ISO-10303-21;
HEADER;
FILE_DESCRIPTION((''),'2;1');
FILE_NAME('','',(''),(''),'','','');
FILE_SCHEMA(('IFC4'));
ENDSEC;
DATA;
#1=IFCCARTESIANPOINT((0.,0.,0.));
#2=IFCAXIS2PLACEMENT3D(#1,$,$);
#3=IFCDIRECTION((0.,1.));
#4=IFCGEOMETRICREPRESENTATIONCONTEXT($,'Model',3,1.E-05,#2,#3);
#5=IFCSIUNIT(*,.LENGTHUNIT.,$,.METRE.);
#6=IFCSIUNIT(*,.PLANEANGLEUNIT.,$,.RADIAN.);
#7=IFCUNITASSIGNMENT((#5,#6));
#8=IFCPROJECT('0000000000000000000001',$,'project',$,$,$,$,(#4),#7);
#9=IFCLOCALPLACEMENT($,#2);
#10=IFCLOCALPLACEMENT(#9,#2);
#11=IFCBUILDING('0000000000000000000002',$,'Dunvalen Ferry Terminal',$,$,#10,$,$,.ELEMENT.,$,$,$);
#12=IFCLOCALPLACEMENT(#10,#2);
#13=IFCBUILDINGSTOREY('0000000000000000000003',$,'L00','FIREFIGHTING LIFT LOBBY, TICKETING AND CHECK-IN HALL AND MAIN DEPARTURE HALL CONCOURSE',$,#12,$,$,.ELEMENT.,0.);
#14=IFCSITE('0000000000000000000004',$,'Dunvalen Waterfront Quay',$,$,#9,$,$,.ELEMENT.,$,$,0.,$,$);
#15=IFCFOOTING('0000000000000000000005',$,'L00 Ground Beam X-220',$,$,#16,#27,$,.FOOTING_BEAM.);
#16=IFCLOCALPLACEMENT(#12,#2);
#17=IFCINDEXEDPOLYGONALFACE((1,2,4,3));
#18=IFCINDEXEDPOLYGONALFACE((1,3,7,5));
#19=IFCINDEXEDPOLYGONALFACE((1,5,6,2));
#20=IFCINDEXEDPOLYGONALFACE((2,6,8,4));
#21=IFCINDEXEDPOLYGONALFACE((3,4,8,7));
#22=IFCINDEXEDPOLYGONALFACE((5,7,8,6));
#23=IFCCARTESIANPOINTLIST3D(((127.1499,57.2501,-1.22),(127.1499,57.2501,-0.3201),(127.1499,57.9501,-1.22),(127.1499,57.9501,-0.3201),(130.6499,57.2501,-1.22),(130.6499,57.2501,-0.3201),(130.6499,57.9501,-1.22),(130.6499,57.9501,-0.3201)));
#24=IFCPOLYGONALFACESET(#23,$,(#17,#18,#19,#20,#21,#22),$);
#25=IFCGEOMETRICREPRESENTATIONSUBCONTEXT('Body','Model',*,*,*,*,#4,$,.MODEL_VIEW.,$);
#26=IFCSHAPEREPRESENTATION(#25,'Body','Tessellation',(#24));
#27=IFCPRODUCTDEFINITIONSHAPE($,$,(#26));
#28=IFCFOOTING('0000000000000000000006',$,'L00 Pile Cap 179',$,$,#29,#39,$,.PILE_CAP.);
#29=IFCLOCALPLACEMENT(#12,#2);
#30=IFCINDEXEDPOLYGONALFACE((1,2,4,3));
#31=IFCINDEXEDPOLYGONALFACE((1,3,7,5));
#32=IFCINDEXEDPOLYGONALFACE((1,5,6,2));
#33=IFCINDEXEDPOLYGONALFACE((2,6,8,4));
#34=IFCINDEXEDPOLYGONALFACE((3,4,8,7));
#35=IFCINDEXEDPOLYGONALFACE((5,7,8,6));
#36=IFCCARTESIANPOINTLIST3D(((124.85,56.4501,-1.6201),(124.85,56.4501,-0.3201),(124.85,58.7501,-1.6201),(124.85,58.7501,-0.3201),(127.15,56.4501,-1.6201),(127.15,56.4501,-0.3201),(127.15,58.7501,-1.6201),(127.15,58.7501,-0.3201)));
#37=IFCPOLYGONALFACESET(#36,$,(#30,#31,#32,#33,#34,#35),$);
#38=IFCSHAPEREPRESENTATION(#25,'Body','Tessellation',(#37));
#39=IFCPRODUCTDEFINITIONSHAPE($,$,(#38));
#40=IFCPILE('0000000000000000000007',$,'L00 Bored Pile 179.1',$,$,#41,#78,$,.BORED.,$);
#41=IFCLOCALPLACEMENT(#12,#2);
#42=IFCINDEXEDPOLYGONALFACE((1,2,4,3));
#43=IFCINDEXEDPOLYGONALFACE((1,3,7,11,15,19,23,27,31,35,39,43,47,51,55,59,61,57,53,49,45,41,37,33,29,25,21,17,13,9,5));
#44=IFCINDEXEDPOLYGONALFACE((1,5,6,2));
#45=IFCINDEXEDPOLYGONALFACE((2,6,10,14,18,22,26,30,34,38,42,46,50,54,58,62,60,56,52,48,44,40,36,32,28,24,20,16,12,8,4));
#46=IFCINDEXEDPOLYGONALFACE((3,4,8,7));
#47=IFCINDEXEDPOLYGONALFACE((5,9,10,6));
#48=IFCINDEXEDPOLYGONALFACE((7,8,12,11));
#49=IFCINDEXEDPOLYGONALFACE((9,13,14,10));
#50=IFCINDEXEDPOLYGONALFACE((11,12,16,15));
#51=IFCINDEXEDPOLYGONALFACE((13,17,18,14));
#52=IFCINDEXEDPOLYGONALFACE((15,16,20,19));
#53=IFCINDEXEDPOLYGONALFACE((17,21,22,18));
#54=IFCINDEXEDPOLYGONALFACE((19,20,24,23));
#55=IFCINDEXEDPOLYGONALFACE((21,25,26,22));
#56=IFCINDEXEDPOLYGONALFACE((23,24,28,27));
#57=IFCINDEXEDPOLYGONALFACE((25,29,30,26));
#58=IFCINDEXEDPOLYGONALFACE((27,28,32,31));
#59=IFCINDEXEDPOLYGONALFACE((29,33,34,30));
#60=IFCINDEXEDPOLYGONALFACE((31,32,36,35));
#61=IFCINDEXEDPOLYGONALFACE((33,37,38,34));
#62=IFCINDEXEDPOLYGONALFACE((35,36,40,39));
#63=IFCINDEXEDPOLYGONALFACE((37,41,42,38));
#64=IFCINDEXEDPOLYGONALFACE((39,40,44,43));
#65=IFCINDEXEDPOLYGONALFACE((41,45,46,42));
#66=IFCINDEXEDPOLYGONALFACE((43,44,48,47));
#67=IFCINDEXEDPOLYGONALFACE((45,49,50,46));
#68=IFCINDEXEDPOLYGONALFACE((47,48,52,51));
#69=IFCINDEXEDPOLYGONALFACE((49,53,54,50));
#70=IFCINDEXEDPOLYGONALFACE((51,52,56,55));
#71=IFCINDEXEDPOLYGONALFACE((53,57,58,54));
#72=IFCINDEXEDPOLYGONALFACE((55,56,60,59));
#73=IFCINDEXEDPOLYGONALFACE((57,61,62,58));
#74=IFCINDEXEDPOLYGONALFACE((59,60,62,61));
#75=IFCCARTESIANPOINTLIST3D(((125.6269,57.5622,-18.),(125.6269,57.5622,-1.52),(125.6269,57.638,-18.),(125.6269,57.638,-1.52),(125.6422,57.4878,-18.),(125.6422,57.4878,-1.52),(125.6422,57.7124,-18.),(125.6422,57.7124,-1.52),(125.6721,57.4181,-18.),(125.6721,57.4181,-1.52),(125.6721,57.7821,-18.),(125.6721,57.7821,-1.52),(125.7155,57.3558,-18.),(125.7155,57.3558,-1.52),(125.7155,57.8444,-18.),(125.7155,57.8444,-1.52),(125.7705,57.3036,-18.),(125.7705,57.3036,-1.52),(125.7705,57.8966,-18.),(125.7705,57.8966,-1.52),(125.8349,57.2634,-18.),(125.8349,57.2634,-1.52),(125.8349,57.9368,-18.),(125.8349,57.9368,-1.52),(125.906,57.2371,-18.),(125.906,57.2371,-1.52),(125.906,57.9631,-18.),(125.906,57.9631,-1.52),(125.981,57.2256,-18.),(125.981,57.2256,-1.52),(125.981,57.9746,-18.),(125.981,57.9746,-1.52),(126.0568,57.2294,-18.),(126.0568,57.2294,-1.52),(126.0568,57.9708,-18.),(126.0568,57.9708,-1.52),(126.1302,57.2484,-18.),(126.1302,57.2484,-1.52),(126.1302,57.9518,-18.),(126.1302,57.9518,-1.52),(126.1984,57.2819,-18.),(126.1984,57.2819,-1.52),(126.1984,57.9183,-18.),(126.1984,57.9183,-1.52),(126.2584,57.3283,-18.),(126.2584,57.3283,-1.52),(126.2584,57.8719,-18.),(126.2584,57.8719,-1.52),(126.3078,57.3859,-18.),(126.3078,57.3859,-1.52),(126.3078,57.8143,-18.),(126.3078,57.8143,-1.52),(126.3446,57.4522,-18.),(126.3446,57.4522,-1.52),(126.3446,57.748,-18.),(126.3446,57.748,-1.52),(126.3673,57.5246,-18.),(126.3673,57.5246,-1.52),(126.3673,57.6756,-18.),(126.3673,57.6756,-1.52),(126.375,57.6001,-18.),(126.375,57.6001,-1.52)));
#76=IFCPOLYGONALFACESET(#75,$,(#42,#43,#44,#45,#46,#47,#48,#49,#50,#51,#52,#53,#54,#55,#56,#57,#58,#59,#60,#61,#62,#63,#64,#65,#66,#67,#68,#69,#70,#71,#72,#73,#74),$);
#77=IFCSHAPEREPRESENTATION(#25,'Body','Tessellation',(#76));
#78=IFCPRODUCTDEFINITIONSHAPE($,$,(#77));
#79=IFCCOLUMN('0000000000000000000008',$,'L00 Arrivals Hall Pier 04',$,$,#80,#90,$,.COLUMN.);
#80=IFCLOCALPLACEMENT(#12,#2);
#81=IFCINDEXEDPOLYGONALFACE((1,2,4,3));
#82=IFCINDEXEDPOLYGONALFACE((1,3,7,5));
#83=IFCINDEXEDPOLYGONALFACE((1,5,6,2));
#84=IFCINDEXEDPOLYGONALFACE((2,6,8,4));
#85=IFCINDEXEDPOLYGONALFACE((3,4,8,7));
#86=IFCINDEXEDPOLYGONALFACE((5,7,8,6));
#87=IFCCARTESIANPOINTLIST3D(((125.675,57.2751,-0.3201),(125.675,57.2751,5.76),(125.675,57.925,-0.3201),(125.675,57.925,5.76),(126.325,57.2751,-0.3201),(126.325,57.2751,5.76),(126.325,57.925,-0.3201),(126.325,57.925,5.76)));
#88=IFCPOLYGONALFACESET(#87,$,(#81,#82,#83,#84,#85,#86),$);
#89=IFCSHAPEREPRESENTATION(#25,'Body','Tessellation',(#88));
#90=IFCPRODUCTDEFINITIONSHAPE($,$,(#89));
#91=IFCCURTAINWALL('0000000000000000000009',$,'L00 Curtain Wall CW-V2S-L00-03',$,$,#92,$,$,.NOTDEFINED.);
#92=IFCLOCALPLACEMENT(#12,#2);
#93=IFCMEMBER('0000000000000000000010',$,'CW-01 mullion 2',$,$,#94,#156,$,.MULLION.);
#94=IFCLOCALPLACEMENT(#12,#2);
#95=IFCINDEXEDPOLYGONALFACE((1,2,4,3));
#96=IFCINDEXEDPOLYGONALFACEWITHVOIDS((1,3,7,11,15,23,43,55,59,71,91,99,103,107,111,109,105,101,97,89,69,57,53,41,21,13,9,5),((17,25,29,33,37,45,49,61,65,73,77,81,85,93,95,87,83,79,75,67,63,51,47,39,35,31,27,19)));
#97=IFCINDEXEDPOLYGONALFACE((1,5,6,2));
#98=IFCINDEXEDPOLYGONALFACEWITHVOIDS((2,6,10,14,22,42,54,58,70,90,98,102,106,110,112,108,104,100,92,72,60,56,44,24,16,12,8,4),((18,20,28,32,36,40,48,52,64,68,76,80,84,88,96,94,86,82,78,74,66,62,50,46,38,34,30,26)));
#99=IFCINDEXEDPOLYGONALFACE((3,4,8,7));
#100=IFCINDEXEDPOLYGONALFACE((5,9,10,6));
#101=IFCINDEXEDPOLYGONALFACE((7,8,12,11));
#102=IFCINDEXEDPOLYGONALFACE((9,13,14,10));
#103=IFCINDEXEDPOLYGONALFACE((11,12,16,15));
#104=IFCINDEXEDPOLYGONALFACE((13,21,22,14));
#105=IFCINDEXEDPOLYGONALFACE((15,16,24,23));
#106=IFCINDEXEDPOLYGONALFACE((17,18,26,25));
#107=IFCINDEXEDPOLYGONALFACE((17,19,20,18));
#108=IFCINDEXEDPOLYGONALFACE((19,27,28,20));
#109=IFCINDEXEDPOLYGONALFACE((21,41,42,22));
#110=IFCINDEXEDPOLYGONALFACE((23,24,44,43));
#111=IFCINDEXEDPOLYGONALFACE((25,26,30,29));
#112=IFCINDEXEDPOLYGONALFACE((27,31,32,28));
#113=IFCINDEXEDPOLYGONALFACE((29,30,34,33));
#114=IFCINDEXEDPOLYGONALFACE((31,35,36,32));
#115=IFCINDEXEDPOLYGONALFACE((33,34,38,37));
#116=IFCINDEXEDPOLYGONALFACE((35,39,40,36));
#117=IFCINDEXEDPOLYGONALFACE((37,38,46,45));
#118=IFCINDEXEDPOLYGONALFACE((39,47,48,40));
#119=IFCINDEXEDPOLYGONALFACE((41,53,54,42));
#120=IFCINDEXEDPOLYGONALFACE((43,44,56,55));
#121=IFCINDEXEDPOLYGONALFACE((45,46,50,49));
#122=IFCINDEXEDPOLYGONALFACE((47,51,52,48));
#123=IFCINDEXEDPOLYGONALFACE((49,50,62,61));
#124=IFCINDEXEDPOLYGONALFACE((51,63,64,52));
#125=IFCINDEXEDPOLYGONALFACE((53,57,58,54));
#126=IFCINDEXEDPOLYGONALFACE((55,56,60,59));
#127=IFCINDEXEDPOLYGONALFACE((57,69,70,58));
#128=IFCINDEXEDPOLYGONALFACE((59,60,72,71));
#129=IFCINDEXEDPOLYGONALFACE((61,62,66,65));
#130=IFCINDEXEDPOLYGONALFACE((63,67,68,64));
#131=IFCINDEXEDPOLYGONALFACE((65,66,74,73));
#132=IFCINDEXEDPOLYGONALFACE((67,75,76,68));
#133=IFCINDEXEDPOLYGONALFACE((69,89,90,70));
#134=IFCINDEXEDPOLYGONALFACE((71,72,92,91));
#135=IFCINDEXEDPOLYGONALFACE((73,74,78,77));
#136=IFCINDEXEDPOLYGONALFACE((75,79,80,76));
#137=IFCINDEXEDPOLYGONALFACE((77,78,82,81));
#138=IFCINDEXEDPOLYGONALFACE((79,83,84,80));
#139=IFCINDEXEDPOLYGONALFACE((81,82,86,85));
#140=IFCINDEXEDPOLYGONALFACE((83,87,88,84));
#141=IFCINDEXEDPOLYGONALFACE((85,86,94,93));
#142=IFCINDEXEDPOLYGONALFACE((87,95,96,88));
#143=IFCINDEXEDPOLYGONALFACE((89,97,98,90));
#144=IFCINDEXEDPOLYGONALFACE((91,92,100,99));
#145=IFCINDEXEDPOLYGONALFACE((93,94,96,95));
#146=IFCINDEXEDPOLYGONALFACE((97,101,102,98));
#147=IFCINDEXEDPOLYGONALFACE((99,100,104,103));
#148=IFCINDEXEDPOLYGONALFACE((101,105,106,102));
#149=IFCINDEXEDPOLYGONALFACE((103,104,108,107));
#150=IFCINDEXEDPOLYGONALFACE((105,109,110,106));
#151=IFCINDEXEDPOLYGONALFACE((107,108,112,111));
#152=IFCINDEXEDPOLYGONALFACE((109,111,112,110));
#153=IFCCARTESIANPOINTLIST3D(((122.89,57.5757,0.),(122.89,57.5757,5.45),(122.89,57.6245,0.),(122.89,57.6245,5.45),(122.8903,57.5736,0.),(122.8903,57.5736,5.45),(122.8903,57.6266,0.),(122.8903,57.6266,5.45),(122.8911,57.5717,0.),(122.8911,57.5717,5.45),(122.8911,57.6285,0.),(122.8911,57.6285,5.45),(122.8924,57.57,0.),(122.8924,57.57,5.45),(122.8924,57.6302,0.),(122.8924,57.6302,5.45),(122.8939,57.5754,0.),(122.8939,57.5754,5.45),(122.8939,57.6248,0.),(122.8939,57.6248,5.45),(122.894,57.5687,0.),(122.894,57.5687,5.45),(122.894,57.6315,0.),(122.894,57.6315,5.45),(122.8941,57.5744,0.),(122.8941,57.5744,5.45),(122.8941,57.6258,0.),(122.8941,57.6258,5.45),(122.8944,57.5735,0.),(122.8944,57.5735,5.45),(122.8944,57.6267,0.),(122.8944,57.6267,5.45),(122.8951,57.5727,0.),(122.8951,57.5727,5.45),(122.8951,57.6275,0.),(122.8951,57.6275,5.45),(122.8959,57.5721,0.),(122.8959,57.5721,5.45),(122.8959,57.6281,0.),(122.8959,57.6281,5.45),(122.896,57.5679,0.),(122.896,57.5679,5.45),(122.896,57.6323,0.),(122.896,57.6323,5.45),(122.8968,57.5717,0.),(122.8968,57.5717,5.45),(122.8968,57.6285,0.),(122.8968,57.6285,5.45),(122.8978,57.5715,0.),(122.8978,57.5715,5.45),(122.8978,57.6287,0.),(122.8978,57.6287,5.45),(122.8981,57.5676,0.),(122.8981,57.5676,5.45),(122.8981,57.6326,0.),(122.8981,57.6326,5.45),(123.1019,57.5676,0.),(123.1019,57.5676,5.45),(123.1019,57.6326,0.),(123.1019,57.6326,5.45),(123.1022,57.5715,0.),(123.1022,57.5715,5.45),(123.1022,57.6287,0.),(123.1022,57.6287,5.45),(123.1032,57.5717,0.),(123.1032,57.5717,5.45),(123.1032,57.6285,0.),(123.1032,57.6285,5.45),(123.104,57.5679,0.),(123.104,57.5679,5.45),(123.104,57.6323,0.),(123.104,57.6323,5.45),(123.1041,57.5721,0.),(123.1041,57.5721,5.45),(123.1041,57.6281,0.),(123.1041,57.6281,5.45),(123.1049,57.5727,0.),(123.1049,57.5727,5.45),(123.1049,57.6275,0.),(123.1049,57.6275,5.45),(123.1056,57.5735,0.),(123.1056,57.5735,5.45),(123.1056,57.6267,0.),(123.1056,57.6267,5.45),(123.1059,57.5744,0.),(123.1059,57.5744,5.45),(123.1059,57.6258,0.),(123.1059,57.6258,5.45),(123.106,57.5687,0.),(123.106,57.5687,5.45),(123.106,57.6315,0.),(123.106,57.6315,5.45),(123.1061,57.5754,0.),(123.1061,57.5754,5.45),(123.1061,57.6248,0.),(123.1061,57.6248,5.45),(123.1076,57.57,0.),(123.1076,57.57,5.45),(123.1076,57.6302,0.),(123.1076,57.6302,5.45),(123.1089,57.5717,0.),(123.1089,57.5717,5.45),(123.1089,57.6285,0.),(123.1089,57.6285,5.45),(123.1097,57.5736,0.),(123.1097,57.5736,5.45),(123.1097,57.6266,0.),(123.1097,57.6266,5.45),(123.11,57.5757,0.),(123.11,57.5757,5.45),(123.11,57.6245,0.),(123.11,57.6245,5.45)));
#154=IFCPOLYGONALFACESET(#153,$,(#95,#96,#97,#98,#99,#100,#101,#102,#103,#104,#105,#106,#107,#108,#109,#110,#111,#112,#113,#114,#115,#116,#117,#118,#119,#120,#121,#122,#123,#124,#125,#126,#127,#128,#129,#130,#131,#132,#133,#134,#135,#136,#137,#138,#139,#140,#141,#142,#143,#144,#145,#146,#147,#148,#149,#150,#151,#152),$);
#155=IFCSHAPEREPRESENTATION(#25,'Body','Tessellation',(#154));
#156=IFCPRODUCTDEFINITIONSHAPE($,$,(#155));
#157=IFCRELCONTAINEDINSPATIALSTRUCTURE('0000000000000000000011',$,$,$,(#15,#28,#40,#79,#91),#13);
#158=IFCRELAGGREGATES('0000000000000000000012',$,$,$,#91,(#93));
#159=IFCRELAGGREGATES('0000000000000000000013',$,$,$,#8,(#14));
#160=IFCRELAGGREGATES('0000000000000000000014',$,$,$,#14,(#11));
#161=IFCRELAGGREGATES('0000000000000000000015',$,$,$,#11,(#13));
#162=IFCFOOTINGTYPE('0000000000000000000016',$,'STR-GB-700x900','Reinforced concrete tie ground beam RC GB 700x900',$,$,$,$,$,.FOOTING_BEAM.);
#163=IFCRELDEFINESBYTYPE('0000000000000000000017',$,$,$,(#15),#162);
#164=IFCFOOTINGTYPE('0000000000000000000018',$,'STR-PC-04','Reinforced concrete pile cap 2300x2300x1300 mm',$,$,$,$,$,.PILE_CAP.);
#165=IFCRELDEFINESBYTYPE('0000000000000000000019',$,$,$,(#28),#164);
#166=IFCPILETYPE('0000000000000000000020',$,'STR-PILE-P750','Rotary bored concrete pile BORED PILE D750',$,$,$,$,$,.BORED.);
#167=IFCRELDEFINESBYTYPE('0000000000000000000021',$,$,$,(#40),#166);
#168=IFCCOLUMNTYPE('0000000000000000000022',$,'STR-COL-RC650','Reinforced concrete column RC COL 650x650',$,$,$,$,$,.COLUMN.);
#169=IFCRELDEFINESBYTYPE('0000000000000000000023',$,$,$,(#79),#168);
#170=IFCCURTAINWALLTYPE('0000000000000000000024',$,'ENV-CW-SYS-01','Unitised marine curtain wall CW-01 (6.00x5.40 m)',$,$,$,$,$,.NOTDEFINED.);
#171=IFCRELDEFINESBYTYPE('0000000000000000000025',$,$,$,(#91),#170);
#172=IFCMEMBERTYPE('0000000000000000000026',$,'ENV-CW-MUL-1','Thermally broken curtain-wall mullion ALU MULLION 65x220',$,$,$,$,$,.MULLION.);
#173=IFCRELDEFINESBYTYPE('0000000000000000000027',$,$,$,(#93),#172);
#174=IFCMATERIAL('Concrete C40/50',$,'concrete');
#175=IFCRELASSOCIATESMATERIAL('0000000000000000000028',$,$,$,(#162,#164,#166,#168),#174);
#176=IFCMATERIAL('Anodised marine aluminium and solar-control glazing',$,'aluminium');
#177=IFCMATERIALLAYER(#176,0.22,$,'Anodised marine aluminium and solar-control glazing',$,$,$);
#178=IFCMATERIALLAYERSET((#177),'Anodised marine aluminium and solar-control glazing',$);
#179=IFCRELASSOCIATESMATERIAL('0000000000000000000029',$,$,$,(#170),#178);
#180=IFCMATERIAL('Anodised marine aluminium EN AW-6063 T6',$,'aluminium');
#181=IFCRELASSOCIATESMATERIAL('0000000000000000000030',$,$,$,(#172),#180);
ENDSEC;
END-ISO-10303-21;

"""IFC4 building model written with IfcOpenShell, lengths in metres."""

from ifc_helpers import new_model, si_unit, direction, frame, origin, origin_2d, place, context, subcontext, project, spatial, rectangle, hollow_rectangle, circle, extrude, material, layer, layer_set, material_profile, profile_set, type_object, element, aggregate, save


model = new_model("IFC4")

# Units and contexts
model_context = context("Model", 3, precision=1e-05, world=origin(), true_north=direction((0.0, 1.0)))
body_context = subcontext(model_context, "Body", "Model", "MODEL_VIEW")
ifc_project = project(units=[si_unit("LENGTHUNIT", "METRE"), si_unit("PLANEANGLEUNIT", "RADIAN")], contexts=[model_context])

# Site, building, storey
site_placement = place(None, origin())
site = spatial("IfcSite", under=ifc_project, at=site_placement, Name="Dunvalen Waterfront Quay", CompositionType="ELEMENT", RefElevation=0.0)
building_placement = place(site_placement, origin())
building = spatial("IfcBuilding", under=site, at=building_placement, Name="Dunvalen Ferry Terminal", CompositionType="ELEMENT")
storey_placement = place(building_placement, origin())
storey = spatial("IfcBuildingStorey", under=building, at=storey_placement, Name="L00", Description="FIREFIGHTING LIFT LOBBY, TICKETING AND CHECK-IN HALL AND MAIN DEPARTURE HALL CONCOURSE", CompositionType="ELEMENT", Elevation=0.0)

# Footings
ifc_material_1 = material(Name="Concrete C40/50", Category="concrete")
ifc_material_profile_1 = material_profile(ifc_material_1, rectangle(XDim=0.7, YDim=0.8999, at=origin_2d()), Name="Concrete C40/50")
ifc_profile_set_1 = profile_set([ifc_material_profile_1], Name="Concrete C40/50")
footing_type_1 = type_object("IfcFootingType", Name="STR-GB-700x900", Description="Reinforced concrete tie ground beam RC GB 700x900", PredefinedType="FOOTING_BEAM", material=ifc_profile_set_1)
footing_1_placement = place(storey_placement, frame((127.1499, 57.6001, -0.77), z_axis=(1.0, 0.0, 0.0), x_axis=(0.0, 1.0, 0.0)))
element("IfcFooting", 1, at=footing_1_placement, inside=storey, type_object=footing_type_1, Name="L00 Ground Beam X-220", PredefinedType="FOOTING_BEAM", context=body_context, shape_type="SweptSolid", body=[
    extrude(rectangle(XDim=0.7, YDim=0.8999, at=origin_2d()), origin(), (0.0, 0.0, 1.0), 3.5),
])
footing_type_2 = type_object("IfcFootingType", Name="STR-PC-04", Description="Reinforced concrete pile cap 2300x2300x1300 mm", PredefinedType="PILE_CAP", material=ifc_material_1)
footing_2_placement = place(storey_placement, frame((126.0, 57.6001, -1.6201), z_axis=(0.0, 0.0, 1.0), x_axis=(1.0, 0.0, 0.0)))
element("IfcFooting", 2, at=footing_2_placement, inside=storey, type_object=footing_type_2, Name="L00 Pile Cap 179", PredefinedType="PILE_CAP", context=body_context, shape_type="SweptSolid", body=[
    extrude(rectangle(XDim=2.3, YDim=2.3, at=origin_2d()), origin(), (0.0, 0.0, 1.0), 1.3),
])

# Pile
ifc_material_profile_2 = material_profile(ifc_material_1, circle(Radius=0.375, at=origin_2d()), Name="Concrete C40/50")
ifc_profile_set_2 = profile_set([ifc_material_profile_2], Name="Concrete C40/50")
pile_type = type_object("IfcPileType", Name="STR-PILE-P750", Description="Rotary bored concrete pile BORED PILE D750", PredefinedType="BORED", material=ifc_profile_set_2)
pile_placement = place(storey_placement, frame((126.0, 57.6001, -1.52), z_axis=(0.0, 0.0, -1.0), x_axis=(1.0, 0.0, 0.0)))
element("IfcPile", 3, at=pile_placement, inside=storey, type_object=pile_type, Name="L00 Bored Pile 179.1", PredefinedType="BORED", context=body_context, shape_type="SweptSolid", body=[
    extrude(circle(Radius=0.375, at=origin_2d()), origin(), (0.0, 0.0, 1.0), 16.48),
])

# Column
ifc_material_profile_3 = material_profile(ifc_material_1, rectangle(XDim=0.6499, YDim=0.6499, at=origin_2d()), Name="Concrete C40/50")
ifc_profile_set_3 = profile_set([ifc_material_profile_3], Name="Concrete C40/50")
column_type = type_object("IfcColumnType", Name="STR-COL-RC650", Description="Reinforced concrete column RC COL 650x650", PredefinedType="COLUMN", material=ifc_profile_set_3)
column_placement = place(storey_placement, frame((126.0, 57.6001, -0.3201), z_axis=(0.0, 0.0, 1.0), x_axis=(1.0, 0.0, 0.0)))
element("IfcColumn", 4, at=column_placement, inside=storey, type_object=column_type, Name="L00 Arrivals Hall Pier 04", PredefinedType="COLUMN", context=body_context, shape_type="SweptSolid", body=[
    extrude(rectangle(XDim=0.6499, YDim=0.6499, at=origin_2d()), origin(), (0.0, 0.0, 1.0), 6.0801),
])

# Curtain wall, member
ifc_material_2 = material(Name="Anodised marine aluminium and solar-control glazing", Category="aluminium")
ifc_layer_1 = layer(ifc_material_2, 0.22, Name="Anodised marine aluminium and solar-control glazing")
ifc_layer_set_1 = layer_set([ifc_layer_1], Name="Anodised marine aluminium and solar-control glazing")
curtain_wall_type = type_object("IfcCurtainWallType", Name="ENV-CW-SYS-01", Description="Unitised marine curtain wall CW-01 (6.00x5.40 m)", PredefinedType="NOTDEFINED", material=ifc_layer_set_1)
curtain_wall_1_placement = place(storey_placement, origin())
curtain_wall_1 = element("IfcCurtainWall", 5, at=curtain_wall_1_placement, inside=storey, type_object=curtain_wall_type, Name="L00 Curtain Wall CW-V2S-L00-03", PredefinedType="NOTDEFINED")
ifc_material_3 = material(Name="Anodised marine aluminium EN AW-6063 T6", Category="aluminium")
ifc_material_profile_4 = material_profile(ifc_material_3, hollow_rectangle(XDim=0.0649, YDim=0.22, WallThickness=0.0039, InnerFilletRadius=0.0039, OuterFilletRadius=0.0081, at=origin_2d()), Name="Anodised marine aluminium EN AW-6063 T6")
ifc_profile_set_4 = profile_set([ifc_material_profile_4], Name="Anodised marine aluminium EN AW-6063 T6")
member_type_1 = type_object("IfcMemberType", Name="ENV-CW-MUL-1", Description="Thermally broken curtain-wall mullion ALU MULLION 65x220", PredefinedType="MULLION", material=ifc_profile_set_4)
member_1_placement = place(storey_placement, frame((123.0, 57.6001, 0.0), z_axis=(0.0, 0.0, 1.0), x_axis=(0.0, 1.0, 0.0)))
member_1 = element("IfcMember", 6, at=member_1_placement, type_object=member_type_1, Name="CW-01 mullion 2", PredefinedType="MULLION", context=body_context, shape_type="SweptSolid", body=[
    extrude(hollow_rectangle(XDim=0.0649, YDim=0.22, WallThickness=0.0039, InnerFilletRadius=0.0039, OuterFilletRadius=0.0081, at=origin_2d()), origin(), (0.0, 0.0, 1.0), 5.45),
])

aggregate(curtain_wall_1, [member_1])

save(model, "model.ifc")
